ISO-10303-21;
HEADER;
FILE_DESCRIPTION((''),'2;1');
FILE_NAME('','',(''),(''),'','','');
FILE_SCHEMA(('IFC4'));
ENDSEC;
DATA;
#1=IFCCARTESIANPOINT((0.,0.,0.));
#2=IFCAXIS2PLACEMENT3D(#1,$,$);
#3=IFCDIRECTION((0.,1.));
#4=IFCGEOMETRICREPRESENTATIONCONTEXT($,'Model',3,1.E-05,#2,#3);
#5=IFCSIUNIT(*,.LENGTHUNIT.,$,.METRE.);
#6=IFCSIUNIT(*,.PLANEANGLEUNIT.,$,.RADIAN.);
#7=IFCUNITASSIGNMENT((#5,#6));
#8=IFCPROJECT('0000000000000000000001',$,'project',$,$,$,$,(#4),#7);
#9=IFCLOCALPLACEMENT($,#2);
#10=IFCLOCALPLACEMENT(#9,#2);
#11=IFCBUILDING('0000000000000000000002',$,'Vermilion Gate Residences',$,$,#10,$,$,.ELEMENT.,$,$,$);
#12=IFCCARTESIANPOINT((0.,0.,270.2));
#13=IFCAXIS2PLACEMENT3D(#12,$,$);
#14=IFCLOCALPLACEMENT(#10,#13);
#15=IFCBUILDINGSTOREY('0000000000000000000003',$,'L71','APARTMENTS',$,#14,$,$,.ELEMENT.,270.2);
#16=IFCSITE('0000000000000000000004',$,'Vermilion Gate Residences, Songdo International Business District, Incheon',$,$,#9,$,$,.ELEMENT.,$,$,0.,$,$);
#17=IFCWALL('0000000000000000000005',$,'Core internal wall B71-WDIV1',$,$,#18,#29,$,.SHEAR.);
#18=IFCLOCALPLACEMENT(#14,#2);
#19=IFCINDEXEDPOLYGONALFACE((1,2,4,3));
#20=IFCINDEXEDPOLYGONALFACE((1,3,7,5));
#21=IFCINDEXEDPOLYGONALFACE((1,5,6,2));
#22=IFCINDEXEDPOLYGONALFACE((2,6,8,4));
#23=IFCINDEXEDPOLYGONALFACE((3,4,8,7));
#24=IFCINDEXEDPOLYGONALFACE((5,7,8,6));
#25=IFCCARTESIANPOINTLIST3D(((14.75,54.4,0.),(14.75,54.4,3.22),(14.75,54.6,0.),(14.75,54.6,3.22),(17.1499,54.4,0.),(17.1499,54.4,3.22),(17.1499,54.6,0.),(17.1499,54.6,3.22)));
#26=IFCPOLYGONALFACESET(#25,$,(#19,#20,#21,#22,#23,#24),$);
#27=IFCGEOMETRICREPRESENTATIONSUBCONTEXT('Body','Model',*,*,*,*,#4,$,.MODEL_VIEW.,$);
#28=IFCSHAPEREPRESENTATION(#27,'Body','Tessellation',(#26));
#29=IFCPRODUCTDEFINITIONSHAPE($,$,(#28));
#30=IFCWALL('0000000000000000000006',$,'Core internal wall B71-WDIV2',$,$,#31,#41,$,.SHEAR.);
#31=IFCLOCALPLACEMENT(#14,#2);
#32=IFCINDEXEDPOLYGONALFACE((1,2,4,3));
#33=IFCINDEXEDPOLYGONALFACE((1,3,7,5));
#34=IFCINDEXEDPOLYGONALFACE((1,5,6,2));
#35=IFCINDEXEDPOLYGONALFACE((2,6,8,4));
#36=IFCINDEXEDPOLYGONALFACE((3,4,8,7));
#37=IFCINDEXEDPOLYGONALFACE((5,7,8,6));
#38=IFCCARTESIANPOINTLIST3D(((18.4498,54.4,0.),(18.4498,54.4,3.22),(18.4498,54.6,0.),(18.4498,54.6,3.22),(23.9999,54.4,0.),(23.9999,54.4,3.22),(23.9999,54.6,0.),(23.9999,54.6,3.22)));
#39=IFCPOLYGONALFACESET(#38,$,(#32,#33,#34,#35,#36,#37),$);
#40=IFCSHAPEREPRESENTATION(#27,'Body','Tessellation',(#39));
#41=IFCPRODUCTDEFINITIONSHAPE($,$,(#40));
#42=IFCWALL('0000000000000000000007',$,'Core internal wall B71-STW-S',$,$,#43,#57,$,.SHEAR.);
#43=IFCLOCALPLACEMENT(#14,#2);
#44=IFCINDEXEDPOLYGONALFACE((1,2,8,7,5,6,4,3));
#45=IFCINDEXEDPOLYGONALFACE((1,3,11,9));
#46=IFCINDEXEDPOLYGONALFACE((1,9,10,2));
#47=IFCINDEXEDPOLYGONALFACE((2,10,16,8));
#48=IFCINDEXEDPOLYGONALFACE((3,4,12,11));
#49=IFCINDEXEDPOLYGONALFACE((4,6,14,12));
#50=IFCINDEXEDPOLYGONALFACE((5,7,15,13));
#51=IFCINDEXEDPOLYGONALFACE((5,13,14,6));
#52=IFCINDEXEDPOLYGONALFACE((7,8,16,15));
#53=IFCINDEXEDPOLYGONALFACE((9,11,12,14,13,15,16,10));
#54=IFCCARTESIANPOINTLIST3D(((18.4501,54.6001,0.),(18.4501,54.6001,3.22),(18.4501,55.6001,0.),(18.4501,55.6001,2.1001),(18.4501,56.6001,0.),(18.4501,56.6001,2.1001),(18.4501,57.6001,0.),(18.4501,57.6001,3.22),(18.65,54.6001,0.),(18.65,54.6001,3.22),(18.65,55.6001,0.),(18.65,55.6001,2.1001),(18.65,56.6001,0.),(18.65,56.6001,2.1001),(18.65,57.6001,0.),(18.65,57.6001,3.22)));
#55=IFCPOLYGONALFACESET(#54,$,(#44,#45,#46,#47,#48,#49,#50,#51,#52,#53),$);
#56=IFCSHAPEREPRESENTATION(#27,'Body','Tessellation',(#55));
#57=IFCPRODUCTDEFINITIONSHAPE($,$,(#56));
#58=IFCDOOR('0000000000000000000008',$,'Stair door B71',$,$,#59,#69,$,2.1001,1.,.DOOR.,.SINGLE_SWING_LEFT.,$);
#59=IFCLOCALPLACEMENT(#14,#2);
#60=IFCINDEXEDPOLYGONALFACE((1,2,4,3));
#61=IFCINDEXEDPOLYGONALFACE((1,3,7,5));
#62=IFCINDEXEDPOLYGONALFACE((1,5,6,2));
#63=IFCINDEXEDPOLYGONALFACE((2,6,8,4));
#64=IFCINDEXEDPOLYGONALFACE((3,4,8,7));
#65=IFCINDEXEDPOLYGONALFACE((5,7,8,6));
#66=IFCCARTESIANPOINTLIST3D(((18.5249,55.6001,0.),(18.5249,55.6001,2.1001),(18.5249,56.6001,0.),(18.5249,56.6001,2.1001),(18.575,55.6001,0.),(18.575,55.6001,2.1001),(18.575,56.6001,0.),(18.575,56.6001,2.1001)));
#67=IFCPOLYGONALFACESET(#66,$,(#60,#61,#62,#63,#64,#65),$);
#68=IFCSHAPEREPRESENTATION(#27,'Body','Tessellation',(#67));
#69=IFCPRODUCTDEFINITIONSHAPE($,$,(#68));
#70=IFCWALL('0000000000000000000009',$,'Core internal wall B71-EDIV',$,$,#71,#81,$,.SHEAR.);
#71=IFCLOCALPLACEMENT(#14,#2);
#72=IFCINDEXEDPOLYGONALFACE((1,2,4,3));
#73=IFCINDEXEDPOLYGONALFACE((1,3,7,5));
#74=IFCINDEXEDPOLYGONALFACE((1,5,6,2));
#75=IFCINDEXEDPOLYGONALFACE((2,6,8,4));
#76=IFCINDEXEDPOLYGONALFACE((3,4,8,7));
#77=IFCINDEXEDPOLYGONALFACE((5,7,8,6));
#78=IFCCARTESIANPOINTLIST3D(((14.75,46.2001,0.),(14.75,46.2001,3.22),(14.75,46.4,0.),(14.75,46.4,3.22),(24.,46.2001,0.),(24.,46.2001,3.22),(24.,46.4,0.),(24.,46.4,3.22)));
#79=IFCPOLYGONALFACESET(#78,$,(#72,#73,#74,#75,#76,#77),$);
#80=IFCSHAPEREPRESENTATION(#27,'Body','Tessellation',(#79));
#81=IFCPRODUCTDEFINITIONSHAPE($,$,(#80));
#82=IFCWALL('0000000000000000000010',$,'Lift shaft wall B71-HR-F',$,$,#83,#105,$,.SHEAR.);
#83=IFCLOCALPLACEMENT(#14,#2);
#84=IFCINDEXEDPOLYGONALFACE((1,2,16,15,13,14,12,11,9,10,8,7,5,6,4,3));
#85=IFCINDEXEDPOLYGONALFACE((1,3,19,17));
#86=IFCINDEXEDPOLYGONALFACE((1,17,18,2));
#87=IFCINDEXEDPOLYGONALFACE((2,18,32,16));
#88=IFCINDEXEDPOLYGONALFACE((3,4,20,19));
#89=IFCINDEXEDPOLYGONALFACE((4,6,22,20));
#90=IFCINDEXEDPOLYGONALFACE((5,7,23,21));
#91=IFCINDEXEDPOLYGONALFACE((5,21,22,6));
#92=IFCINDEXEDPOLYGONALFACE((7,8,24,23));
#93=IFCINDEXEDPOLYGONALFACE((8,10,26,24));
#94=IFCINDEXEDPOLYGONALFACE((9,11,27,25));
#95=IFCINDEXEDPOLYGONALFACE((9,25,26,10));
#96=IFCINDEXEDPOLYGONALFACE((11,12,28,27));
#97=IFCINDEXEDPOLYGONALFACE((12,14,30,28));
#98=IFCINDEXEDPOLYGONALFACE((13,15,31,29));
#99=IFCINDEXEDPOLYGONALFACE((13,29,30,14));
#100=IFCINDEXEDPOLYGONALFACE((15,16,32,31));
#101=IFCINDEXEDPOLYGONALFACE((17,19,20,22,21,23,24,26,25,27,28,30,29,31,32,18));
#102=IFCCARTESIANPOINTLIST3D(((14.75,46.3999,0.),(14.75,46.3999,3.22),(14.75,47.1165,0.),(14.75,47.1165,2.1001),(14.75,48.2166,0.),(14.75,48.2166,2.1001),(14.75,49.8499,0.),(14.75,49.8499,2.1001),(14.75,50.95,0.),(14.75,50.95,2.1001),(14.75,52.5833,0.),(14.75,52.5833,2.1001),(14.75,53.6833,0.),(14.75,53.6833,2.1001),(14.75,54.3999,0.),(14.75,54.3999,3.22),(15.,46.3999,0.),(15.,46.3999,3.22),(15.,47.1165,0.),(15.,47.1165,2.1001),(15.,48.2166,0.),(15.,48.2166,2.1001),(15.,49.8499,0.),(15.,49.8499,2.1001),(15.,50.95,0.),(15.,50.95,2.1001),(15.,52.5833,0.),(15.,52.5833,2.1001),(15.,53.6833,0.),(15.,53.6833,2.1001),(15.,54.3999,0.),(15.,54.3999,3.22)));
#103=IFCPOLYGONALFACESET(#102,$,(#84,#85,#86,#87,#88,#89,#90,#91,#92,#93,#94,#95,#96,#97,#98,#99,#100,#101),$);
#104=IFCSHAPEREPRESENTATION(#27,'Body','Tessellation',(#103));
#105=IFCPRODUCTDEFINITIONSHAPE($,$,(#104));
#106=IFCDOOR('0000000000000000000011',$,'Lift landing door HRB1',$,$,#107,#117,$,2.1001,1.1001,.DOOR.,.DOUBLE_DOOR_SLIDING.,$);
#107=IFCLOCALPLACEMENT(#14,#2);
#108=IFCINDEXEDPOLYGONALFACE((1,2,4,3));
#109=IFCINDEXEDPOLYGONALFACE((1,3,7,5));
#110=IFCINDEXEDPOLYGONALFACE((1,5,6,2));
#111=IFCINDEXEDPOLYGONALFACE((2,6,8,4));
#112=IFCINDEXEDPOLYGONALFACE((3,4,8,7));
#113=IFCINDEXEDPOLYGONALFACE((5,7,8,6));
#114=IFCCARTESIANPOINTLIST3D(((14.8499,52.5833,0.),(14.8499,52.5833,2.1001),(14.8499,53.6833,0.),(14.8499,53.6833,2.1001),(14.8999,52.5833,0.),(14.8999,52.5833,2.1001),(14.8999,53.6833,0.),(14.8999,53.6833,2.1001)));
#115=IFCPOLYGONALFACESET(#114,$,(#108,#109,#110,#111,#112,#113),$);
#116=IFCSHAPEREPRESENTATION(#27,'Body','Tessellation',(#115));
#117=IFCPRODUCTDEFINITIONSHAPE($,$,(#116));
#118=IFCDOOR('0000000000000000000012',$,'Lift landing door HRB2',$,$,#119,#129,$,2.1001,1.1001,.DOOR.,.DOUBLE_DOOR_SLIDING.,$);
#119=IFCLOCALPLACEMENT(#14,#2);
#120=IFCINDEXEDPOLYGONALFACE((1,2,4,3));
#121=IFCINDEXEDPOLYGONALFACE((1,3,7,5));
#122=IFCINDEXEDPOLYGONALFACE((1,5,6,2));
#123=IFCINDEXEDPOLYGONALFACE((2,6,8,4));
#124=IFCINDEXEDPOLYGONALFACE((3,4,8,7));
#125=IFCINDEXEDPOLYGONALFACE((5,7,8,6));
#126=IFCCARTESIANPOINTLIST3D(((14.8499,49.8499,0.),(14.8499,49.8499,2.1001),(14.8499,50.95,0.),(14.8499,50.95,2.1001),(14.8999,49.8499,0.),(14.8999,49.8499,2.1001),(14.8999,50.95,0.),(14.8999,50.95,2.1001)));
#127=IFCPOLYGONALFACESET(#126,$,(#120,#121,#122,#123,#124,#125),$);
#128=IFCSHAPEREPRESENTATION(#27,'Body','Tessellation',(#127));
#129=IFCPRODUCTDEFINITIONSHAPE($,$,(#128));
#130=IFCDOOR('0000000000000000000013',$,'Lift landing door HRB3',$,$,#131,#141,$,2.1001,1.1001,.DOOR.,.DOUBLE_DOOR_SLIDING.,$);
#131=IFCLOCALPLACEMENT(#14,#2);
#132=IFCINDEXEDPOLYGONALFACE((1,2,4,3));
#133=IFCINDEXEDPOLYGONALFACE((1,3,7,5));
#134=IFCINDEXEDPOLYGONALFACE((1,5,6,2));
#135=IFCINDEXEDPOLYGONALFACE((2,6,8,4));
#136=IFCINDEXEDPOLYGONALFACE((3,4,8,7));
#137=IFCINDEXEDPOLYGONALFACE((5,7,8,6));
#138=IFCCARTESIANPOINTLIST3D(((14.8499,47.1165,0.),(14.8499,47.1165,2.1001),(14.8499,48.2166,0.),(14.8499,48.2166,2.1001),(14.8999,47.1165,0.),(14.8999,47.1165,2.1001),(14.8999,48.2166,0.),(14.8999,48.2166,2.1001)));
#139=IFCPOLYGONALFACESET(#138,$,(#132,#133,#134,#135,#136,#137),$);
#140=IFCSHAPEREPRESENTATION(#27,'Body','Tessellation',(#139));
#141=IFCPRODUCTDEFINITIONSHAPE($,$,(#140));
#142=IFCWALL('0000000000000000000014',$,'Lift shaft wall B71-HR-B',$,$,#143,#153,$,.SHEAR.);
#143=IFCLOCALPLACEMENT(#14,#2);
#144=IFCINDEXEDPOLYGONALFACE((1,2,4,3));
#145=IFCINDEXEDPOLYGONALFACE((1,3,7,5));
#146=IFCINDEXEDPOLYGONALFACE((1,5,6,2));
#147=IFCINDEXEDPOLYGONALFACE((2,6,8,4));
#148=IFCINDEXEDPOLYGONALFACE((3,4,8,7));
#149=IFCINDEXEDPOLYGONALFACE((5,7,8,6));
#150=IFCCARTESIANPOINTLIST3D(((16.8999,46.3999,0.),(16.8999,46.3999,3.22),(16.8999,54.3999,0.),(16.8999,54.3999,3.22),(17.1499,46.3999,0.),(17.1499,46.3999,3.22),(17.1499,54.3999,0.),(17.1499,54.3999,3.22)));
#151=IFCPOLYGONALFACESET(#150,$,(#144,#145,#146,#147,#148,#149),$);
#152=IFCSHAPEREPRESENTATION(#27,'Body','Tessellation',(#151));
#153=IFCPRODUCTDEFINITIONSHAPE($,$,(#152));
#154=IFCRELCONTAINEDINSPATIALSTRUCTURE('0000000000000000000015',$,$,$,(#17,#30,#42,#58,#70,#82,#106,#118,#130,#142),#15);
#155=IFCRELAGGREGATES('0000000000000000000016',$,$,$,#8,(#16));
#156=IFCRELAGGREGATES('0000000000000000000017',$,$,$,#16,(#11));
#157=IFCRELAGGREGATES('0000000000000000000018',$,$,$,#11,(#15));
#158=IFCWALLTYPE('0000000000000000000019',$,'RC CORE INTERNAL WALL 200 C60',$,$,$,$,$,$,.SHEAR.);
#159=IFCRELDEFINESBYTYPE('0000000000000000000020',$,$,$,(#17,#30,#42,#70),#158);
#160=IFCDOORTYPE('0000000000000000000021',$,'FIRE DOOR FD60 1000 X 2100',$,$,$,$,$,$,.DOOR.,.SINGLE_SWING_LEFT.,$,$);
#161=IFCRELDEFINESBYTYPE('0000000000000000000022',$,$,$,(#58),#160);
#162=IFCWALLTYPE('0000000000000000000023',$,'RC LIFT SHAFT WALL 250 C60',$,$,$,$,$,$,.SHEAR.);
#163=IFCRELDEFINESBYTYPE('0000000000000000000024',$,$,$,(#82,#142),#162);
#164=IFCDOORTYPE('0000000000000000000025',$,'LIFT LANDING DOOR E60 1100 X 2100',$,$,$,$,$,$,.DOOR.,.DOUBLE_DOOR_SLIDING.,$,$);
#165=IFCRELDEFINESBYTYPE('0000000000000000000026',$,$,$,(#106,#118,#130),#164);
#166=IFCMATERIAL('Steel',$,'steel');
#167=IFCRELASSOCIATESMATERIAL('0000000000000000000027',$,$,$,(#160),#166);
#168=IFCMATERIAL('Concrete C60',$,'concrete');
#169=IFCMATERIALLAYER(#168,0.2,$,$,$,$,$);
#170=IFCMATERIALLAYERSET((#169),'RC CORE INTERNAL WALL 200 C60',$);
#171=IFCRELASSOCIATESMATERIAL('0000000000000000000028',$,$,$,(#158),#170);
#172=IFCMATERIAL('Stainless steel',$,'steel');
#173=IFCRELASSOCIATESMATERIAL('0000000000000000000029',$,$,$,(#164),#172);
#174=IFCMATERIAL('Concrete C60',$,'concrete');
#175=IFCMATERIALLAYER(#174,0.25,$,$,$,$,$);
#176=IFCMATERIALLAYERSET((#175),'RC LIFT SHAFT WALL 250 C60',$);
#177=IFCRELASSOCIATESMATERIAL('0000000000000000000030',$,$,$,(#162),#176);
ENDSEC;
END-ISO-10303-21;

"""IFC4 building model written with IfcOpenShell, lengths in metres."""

from ifc_helpers import new_model, si_unit, direction, frame, frame_2d, origin, place, context, subcontext, project, spatial, rectangle, extrude, material, layer, layer_set, type_object, element, fill, save


model = new_model("IFC4")

# Units and contexts
model_context = context("Model", 3, precision=1e-05, world=origin(), true_north=direction((0.0, 1.0)))
body_context = subcontext(model_context, "Body", "Model", "MODEL_VIEW")
ifc_project = project(units=[si_unit("LENGTHUNIT", "METRE"), si_unit("PLANEANGLEUNIT", "RADIAN")], contexts=[model_context])

# Site, building, storey
site_placement = place(None, origin())
site = spatial("IfcSite", under=ifc_project, at=site_placement, Name="Vermilion Gate Residences, Songdo International Business District, Incheon", CompositionType="ELEMENT", RefElevation=0.0)
building_placement = place(site_placement, origin())
building = spatial("IfcBuilding", under=site, at=building_placement, Name="Vermilion Gate Residences", CompositionType="ELEMENT")
storey_placement = place(building_placement, frame((0.0, 0.0, 270.2)))
storey = spatial("IfcBuildingStorey", under=building, at=storey_placement, Name="L71", Description="APARTMENTS", CompositionType="ELEMENT", Elevation=270.2)

# Shared definitions
ifc_material_1 = material(Name="Steel", Category="steel")
door_type_1 = type_object("IfcDoorType", Name="FIRE DOOR FD60 1000 X 2100", OperationType="SINGLE_SWING_LEFT", PredefinedType="DOOR", material=ifc_material_1)

# Shared definitions
ifc_material_2 = material(Name="Concrete C60", Category="concrete")
ifc_layer_1 = layer(ifc_material_2, 0.2)
ifc_layer_set_1 = layer_set([ifc_layer_1], Name="RC CORE INTERNAL WALL 200 C60")
wall_type_1 = type_object("IfcWallType", Name="RC CORE INTERNAL WALL 200 C60", PredefinedType="SHEAR", material=ifc_layer_set_1)

# Shared definitions
ifc_material_3 = material(Name="Stainless steel", Category="steel")
door_type_2 = type_object("IfcDoorType", Name="LIFT LANDING DOOR E60 1100 X 2100", OperationType="DOUBLE_DOOR_SLIDING", PredefinedType="DOOR", material=ifc_material_3)

# Walls
wall_1_placement = place(storey_placement, frame((14.75, 54.5, 0.0), z_axis=(0.0, 0.0, 1.0), x_axis=(1.0, 0.0, 0.0)))
element("IfcWall", 1, at=wall_1_placement, inside=storey, type_object=wall_type_1, Name="Core internal wall B71-WDIV1", PredefinedType="SHEAR", context=body_context, shape_type="SweptSolid", body=[
    extrude(rectangle(XDim=2.3999, YDim=0.2, at=frame_2d((1.2, 0.0))), origin(), (0.0, 0.0, 1.0), 3.22),
])
wall_2_placement = place(storey_placement, frame((18.45, 54.5, 0.0), z_axis=(0.0, 0.0, 1.0), x_axis=(1.0, 0.0, 0.0)))
element("IfcWall", 2, at=wall_2_placement, inside=storey, type_object=wall_type_1, Name="Core internal wall B71-WDIV2", PredefinedType="SHEAR", context=body_context, shape_type="SweptSolid", body=[
    extrude(rectangle(XDim=5.55, YDim=0.2, at=frame_2d((2.7749, 0.0))), origin(), (0.0, 0.0, 1.0), 3.22),
])

# Wall, opening, door
wall_3_placement = place(storey_placement, frame((18.55, 57.6001, 0.0), z_axis=(0.0, 0.0, 1.0), x_axis=(0.0, -1.0, 0.0)))
wall_3 = element("IfcWall", 3, at=wall_3_placement, inside=storey, type_object=wall_type_1, Name="Core internal wall B71-STW-S", PredefinedType="SHEAR", context=body_context, shape_type="SweptSolid", body=[
    extrude(rectangle(XDim=3.0, YDim=0.2, at=frame_2d((1.5, 0.0))), origin(), (0.0, 0.0, 1.0), 3.22),
])
opening_1_placement = place(wall_3_placement, frame((1.0, 0.0, 0.0)))
opening_1 = element("IfcOpeningElement", 4, at=opening_1_placement, cuts=wall_3, PredefinedType="OPENING", context=body_context, shape_type="SweptSolid", body=[
    extrude(rectangle(XDim=1.0, YDim=2.1001, at=frame_2d((0.5, 1.05))), frame((0.0, 0.1099, 0.0), z_axis=(0.0, -1.0, 0.0), x_axis=(1.0, 0.0, 0.0)), (0.0, 0.0, 1.0), 0.22),
])
door_1_placement = place(opening_1_placement, origin())
door_1 = element("IfcDoor", 5, at=door_1_placement, inside=storey, type_object=door_type_1, Name="Stair door B71", OperationType="SINGLE_SWING_LEFT", OverallHeight=2.1001, OverallWidth=1.0, PredefinedType="DOOR", context=body_context, shape_type="SweptSolid", body=[
    extrude(rectangle(XDim=1.0, YDim=2.1001, at=frame_2d((0.5, 1.05))), frame((0.0, 0.0249, 0.0), z_axis=(0.0, -1.0, 0.0), x_axis=(1.0, 0.0, 0.0)), (0.0, 0.0, 1.0), 0.05),
])
fill(opening_1, door_1)

# Wall
wall_4_placement = place(storey_placement, frame((14.75, 46.3, 0.0), z_axis=(0.0, 0.0, 1.0), x_axis=(1.0, 0.0, 0.0)))
element("IfcWall", 6, at=wall_4_placement, inside=storey, type_object=wall_type_1, Name="Core internal wall B71-EDIV", PredefinedType="SHEAR", context=body_context, shape_type="SweptSolid", body=[
    extrude(rectangle(XDim=9.25, YDim=0.2, at=frame_2d((4.625, 0.0))), origin(), (0.0, 0.0, 1.0), 3.22),
])

# Wall, openings, doors
ifc_material_4 = material(Name="Concrete C60", Category="concrete")
ifc_layer_2 = layer(ifc_material_4, 0.25)
ifc_layer_set_2 = layer_set([ifc_layer_2], Name="RC LIFT SHAFT WALL 250 C60")
wall_type_2 = type_object("IfcWallType", Name="RC LIFT SHAFT WALL 250 C60", PredefinedType="SHEAR", material=ifc_layer_set_2)
wall_5_placement = place(storey_placement, frame((14.875, 54.3999, 0.0), z_axis=(0.0, 0.0, 1.0), x_axis=(0.0, -1.0, 0.0)))
wall_5 = element("IfcWall", 7, at=wall_5_placement, inside=storey, type_object=wall_type_2, Name="Lift shaft wall B71-HR-F", PredefinedType="SHEAR", context=body_context, shape_type="SweptSolid", body=[
    extrude(rectangle(XDim=8.0, YDim=0.25, at=frame_2d((4.0, 0.0))), origin(), (0.0, 0.0, 1.0), 3.22),
])
opening_2_placement = place(wall_5_placement, frame((0.7166, 0.0, 0.0)))
opening_2 = element("IfcOpeningElement", 8, at=opening_2_placement, cuts=wall_5, PredefinedType="OPENING", context=body_context, shape_type="SweptSolid", body=[
    extrude(rectangle(XDim=1.1001, YDim=2.1001, at=frame_2d((0.55, 1.05))), frame((0.0, 0.135, 0.0), z_axis=(0.0, -1.0, 0.0), x_axis=(1.0, 0.0, 0.0)), (0.0, 0.0, 1.0), 0.27),
])
opening_3_placement = place(wall_5_placement, frame((3.45, 0.0, 0.0)))
opening_3 = element("IfcOpeningElement", 9, at=opening_3_placement, cuts=wall_5, PredefinedType="OPENING", context=body_context, shape_type="SweptSolid", body=[
    extrude(rectangle(XDim=1.1001, YDim=2.1001, at=frame_2d((0.55, 1.05))), frame((0.0, 0.135, 0.0), z_axis=(0.0, -1.0, 0.0), x_axis=(1.0, 0.0, 0.0)), (0.0, 0.0, 1.0), 0.27),
])
opening_4_placement = place(wall_5_placement, frame((6.1833, 0.0, 0.0)))
opening_4 = element("IfcOpeningElement", 10, at=opening_4_placement, cuts=wall_5, PredefinedType="OPENING", context=body_context, shape_type="SweptSolid", body=[
    extrude(rectangle(XDim=1.1001, YDim=2.1001, at=frame_2d((0.55, 1.05))), frame((0.0, 0.135, 0.0), z_axis=(0.0, -1.0, 0.0), x_axis=(1.0, 0.0, 0.0)), (0.0, 0.0, 1.0), 0.27),
])
door_2_placement = place(opening_2_placement, origin())
door_2 = element("IfcDoor", 11, at=door_2_placement, inside=storey, type_object=door_type_2, Name="Lift landing door HRB1", OperationType="DOUBLE_DOOR_SLIDING", OverallHeight=2.1001, OverallWidth=1.1001, PredefinedType="DOOR", context=body_context, shape_type="SweptSolid", body=[
    extrude(rectangle(XDim=1.1001, YDim=2.1001, at=frame_2d((0.55, 1.05))), frame((0.0, 0.0249, 0.0), z_axis=(0.0, -1.0, 0.0), x_axis=(1.0, 0.0, 0.0)), (0.0, 0.0, 1.0), 0.05),
])
fill(opening_2, door_2)
door_3_placement = place(opening_3_placement, origin())
door_3 = element("IfcDoor", 12, at=door_3_placement, inside=storey, type_object=door_type_2, Name="Lift landing door HRB2", OperationType="DOUBLE_DOOR_SLIDING", OverallHeight=2.1001, OverallWidth=1.1001, PredefinedType="DOOR", context=body_context, shape_type="SweptSolid", body=[
    extrude(rectangle(XDim=1.1001, YDim=2.1001, at=frame_2d((0.55, 1.05))), frame((0.0, 0.0249, 0.0), z_axis=(0.0, -1.0, 0.0), x_axis=(1.0, 0.0, 0.0)), (0.0, 0.0, 1.0), 0.05),
])
fill(opening_3, door_3)
door_4_placement = place(opening_4_placement, origin())
door_4 = element("IfcDoor", 13, at=door_4_placement, inside=storey, type_object=door_type_2, Name="Lift landing door HRB3", OperationType="DOUBLE_DOOR_SLIDING", OverallHeight=2.1001, OverallWidth=1.1001, PredefinedType="DOOR", context=body_context, shape_type="SweptSolid", body=[
    extrude(rectangle(XDim=1.1001, YDim=2.1001, at=frame_2d((0.55, 1.05))), frame((0.0, 0.0249, 0.0), z_axis=(0.0, -1.0, 0.0), x_axis=(1.0, 0.0, 0.0)), (0.0, 0.0, 1.0), 0.05),
])
fill(opening_4, door_4)

# Wall
wall_6_placement = place(storey_placement, frame((17.0249, 54.3999, 0.0), z_axis=(0.0, 0.0, 1.0), x_axis=(0.0, -1.0, 0.0)))
element("IfcWall", 14, at=wall_6_placement, inside=storey, type_object=wall_type_2, Name="Lift shaft wall B71-HR-B", PredefinedType="SHEAR", context=body_context, shape_type="SweptSolid", body=[
    extrude(rectangle(XDim=8.0, YDim=0.25, at=frame_2d((4.0, 0.0))), origin(), (0.0, 0.0, 1.0), 3.22),
])

save(model, "model.ifc")
